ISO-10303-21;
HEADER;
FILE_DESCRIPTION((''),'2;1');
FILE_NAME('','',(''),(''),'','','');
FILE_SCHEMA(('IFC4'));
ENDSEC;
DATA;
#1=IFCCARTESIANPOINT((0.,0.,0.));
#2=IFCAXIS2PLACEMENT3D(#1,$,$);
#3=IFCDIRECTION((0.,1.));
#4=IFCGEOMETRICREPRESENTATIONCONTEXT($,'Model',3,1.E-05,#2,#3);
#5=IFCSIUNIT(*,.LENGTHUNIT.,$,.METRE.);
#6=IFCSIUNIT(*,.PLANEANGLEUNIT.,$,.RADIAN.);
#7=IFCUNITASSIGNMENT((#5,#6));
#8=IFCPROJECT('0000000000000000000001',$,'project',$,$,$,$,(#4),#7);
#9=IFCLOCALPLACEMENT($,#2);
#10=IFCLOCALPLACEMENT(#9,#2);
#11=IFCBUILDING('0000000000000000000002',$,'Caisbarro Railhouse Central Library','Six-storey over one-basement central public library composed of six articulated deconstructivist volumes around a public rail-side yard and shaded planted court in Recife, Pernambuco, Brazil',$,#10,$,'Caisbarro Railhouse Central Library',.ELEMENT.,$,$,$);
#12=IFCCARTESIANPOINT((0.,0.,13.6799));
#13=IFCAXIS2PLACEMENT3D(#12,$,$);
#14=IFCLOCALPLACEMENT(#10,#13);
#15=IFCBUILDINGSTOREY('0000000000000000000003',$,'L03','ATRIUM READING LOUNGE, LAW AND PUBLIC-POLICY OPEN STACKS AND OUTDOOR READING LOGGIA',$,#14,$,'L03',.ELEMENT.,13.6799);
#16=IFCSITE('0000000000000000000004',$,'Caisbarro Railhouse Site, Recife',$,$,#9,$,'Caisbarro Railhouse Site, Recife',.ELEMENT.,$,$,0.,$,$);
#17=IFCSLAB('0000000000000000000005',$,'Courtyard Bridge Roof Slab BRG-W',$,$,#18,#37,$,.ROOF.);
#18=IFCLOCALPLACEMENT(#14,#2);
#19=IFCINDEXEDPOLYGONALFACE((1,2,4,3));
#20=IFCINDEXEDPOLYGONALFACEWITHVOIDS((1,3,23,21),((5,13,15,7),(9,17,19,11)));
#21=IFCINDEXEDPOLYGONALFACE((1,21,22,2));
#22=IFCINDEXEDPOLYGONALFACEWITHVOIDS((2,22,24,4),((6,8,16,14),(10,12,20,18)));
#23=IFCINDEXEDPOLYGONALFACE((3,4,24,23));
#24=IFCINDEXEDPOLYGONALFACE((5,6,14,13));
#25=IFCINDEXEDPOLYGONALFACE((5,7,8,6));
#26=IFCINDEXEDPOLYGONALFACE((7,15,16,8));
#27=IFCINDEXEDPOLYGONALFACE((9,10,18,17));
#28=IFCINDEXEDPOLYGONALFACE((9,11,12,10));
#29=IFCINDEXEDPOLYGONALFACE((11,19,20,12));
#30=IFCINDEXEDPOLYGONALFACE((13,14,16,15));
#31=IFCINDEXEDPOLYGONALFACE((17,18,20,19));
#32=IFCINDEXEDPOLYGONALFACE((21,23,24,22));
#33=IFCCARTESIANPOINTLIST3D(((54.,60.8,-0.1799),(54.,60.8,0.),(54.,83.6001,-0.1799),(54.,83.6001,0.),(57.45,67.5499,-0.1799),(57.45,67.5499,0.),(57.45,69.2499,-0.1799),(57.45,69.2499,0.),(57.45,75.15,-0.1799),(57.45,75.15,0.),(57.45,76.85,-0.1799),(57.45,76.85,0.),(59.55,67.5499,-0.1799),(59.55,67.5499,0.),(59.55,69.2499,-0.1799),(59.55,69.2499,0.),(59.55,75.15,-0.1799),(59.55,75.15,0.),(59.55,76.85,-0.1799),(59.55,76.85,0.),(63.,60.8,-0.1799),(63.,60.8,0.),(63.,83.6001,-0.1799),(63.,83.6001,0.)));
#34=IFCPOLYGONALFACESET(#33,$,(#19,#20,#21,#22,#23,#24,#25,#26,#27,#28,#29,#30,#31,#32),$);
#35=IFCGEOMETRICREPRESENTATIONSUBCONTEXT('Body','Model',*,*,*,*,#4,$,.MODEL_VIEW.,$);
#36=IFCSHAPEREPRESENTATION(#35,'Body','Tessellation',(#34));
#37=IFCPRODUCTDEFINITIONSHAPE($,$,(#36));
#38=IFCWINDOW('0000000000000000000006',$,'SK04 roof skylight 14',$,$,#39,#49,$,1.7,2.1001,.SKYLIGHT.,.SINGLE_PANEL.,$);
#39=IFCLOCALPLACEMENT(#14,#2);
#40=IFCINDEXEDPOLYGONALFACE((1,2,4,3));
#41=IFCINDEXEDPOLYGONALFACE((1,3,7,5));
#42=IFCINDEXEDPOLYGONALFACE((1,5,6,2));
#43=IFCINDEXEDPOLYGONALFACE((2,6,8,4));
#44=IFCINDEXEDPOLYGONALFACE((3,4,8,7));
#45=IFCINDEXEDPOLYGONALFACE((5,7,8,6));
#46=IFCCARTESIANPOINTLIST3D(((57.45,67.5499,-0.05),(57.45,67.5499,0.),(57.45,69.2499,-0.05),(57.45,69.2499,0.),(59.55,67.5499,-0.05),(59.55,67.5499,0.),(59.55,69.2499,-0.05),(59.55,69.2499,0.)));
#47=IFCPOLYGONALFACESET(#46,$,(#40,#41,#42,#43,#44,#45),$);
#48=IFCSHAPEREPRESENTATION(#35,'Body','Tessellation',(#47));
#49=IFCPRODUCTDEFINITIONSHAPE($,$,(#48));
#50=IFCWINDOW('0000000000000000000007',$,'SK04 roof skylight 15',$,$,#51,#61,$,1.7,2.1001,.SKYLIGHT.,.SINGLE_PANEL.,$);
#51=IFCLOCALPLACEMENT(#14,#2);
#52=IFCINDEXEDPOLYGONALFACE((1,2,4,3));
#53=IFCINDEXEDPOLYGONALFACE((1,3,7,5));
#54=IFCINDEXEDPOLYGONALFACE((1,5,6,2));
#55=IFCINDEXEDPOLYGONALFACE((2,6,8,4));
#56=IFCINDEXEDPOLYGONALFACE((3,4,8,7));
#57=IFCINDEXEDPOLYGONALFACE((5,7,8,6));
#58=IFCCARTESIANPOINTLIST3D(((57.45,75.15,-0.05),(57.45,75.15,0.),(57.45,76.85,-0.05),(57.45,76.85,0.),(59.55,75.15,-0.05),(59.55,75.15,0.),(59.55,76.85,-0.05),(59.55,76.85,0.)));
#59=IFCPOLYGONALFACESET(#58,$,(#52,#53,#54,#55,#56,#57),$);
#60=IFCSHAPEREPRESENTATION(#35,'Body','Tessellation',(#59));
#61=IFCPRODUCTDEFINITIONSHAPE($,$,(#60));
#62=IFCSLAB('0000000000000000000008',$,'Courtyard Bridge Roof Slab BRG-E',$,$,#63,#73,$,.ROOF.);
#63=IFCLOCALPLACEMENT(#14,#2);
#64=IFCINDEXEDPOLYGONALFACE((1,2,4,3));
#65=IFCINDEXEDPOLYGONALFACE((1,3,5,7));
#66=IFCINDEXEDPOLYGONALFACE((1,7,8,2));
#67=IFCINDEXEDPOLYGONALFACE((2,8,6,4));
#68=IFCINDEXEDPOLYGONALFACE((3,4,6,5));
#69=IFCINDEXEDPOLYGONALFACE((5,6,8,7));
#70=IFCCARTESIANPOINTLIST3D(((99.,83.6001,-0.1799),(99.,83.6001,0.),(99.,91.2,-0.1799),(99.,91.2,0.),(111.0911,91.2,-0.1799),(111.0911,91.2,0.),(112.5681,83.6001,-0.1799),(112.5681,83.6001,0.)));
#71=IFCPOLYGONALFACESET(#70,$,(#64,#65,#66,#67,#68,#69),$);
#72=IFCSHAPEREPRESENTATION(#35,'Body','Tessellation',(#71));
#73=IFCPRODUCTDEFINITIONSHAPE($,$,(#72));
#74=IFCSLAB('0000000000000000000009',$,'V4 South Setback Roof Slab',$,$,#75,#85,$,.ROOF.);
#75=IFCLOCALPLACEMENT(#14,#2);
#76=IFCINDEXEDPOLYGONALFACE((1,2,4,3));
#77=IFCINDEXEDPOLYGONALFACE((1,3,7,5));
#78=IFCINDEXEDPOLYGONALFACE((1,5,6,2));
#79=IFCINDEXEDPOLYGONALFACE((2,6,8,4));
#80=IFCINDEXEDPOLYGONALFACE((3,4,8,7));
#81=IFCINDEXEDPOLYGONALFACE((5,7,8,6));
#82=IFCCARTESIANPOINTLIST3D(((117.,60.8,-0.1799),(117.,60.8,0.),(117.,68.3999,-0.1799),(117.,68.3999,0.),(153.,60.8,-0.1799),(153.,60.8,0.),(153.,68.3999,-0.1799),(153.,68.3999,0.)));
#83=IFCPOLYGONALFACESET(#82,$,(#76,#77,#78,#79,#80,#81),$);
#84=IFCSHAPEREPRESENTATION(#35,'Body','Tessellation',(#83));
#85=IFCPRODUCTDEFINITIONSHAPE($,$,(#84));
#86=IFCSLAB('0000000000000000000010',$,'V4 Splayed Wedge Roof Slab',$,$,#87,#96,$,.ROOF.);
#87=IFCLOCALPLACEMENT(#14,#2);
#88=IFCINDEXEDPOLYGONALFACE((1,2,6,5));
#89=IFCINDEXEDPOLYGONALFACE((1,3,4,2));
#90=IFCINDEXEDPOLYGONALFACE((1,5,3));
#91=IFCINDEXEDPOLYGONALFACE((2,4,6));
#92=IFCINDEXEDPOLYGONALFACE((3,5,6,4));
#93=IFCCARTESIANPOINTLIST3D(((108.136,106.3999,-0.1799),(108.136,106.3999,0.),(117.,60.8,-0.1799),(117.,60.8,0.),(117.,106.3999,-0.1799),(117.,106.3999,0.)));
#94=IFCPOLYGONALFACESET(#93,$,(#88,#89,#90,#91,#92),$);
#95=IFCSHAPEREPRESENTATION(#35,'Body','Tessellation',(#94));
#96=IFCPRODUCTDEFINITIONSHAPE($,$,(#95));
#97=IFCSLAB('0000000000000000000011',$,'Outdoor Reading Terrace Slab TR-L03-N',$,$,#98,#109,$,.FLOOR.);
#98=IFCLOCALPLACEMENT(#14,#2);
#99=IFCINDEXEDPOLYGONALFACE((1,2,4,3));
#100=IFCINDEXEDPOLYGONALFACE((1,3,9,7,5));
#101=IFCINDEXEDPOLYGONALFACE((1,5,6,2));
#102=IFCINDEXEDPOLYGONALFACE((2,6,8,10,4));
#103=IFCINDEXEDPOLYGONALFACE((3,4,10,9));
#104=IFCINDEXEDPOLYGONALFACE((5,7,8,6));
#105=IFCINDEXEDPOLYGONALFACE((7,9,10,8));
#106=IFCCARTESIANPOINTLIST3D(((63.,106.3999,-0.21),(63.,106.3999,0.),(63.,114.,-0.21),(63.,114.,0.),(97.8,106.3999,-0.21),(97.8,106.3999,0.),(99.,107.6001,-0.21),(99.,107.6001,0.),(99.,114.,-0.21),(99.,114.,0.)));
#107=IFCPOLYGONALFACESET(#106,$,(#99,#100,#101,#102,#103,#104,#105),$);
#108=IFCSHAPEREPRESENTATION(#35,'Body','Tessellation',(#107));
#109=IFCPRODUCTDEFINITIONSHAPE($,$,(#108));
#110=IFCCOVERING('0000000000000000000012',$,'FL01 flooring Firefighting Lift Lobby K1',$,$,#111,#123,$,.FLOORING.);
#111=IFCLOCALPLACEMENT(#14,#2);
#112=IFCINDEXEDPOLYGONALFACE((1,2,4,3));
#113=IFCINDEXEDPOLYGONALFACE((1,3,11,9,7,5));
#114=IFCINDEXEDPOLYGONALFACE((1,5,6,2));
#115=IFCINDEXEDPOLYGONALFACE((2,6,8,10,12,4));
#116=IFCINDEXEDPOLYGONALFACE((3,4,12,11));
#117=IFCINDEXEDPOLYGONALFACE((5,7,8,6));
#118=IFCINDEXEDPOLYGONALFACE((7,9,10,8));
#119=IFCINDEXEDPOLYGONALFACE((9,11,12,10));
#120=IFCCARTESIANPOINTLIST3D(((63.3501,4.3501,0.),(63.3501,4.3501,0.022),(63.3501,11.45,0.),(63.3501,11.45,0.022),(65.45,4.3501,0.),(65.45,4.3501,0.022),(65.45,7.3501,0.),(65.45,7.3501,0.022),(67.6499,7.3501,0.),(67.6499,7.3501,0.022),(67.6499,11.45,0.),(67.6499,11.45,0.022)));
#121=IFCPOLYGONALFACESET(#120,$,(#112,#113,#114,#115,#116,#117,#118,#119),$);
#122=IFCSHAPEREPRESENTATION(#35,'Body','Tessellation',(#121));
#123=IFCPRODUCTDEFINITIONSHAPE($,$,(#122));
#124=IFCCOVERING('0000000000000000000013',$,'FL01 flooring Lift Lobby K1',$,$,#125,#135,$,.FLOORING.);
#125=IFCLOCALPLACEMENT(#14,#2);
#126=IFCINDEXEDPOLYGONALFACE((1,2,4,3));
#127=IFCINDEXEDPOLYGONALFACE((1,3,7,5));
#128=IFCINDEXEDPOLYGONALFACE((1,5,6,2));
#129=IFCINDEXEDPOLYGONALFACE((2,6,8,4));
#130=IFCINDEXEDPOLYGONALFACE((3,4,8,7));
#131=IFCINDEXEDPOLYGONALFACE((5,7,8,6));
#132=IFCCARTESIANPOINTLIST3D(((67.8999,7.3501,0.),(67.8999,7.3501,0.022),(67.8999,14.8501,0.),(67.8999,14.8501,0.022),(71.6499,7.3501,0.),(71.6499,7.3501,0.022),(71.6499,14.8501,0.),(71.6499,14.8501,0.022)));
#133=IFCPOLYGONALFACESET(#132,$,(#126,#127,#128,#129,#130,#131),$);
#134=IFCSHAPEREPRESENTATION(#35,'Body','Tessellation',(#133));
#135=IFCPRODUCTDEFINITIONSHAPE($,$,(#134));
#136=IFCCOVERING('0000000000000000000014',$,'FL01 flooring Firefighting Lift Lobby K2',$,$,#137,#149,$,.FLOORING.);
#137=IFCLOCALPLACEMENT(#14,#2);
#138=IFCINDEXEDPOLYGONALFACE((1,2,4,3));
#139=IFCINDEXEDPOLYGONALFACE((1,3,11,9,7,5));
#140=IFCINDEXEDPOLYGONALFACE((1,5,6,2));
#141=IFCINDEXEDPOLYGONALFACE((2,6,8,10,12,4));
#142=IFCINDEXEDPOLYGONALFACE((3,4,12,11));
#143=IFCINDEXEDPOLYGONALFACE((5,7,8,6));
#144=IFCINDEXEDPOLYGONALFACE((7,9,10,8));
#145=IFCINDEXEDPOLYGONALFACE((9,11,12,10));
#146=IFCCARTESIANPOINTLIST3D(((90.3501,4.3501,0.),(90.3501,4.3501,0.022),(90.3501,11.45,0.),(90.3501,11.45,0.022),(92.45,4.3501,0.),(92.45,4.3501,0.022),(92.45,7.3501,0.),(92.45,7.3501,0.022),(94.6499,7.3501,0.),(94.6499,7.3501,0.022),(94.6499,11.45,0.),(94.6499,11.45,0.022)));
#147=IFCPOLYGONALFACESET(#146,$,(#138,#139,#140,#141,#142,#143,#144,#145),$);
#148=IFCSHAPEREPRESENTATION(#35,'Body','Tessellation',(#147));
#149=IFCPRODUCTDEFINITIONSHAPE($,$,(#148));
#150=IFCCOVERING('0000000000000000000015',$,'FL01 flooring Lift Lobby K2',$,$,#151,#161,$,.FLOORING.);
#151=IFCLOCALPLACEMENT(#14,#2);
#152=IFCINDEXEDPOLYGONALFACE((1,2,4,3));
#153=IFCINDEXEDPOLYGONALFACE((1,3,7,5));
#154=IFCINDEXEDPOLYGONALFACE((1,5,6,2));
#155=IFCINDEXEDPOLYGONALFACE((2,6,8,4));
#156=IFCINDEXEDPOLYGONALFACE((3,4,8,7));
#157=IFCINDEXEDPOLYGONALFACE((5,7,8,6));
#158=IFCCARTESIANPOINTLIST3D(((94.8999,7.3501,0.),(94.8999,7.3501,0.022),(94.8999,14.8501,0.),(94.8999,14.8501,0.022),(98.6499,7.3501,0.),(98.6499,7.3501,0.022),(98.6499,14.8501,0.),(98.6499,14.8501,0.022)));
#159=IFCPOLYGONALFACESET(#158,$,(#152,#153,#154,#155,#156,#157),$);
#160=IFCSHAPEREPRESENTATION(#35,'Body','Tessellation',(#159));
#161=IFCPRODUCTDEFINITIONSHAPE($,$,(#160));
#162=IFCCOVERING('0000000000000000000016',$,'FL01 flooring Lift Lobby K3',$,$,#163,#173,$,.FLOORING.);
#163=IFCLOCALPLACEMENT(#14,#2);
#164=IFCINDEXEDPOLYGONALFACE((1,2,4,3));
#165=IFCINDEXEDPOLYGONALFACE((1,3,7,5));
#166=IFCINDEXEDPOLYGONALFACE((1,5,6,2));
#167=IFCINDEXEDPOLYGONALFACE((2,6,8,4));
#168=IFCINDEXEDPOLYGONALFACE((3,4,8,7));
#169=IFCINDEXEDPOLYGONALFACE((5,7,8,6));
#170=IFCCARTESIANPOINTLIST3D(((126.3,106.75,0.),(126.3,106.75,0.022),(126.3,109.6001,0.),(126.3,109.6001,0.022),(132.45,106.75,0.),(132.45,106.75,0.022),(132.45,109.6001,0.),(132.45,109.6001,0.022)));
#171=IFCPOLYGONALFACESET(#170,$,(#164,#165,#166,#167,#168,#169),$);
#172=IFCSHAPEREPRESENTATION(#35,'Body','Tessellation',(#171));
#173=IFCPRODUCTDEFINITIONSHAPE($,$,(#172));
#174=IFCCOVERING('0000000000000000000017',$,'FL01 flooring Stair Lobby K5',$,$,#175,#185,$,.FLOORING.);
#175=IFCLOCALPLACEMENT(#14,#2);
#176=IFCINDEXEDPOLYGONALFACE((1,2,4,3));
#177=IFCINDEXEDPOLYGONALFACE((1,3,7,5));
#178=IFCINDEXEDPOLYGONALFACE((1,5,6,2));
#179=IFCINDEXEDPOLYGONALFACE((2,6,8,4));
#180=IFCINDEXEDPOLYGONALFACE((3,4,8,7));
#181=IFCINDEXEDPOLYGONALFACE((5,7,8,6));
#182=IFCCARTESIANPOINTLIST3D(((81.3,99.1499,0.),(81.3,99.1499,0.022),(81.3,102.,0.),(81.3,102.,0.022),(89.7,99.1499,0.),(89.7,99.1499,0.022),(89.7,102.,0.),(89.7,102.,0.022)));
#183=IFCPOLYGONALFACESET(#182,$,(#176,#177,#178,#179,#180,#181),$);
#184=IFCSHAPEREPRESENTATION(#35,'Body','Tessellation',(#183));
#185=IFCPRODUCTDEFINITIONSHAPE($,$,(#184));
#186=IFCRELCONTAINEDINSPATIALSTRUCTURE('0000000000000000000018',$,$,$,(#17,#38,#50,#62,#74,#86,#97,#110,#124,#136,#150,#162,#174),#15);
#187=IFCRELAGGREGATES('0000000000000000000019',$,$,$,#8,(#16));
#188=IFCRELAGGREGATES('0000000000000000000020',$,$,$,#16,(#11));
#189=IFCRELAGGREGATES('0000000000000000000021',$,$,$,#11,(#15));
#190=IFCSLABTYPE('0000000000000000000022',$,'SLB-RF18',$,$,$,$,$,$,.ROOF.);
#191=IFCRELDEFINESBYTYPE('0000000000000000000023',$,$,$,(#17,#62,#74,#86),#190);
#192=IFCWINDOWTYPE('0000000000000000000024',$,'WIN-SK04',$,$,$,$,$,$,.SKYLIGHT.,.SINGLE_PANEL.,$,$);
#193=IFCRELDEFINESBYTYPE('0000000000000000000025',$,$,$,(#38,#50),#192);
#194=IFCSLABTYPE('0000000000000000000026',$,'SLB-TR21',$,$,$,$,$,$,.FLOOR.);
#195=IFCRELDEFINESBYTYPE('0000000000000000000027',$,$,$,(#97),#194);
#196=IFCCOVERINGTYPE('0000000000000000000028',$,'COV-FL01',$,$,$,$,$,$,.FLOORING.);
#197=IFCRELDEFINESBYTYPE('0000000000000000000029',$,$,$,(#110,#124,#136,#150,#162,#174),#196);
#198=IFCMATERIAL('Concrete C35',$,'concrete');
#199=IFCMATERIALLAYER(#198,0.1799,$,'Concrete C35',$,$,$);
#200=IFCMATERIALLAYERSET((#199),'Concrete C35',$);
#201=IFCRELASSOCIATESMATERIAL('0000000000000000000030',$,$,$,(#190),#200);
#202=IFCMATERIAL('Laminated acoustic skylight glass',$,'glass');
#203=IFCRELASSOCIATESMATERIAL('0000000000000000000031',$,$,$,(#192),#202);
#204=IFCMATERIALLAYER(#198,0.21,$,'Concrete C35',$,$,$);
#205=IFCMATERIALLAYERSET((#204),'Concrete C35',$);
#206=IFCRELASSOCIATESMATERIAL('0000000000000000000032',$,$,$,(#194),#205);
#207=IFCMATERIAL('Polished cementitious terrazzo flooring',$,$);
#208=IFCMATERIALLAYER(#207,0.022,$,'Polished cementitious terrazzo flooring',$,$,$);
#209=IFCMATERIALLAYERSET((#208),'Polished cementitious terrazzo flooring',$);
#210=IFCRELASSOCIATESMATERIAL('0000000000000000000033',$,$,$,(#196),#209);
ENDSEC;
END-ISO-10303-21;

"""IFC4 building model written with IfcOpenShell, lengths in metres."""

from ifc_helpers import new_model, si_unit, direction, frame, origin, origin_2d, place, context, subcontext, project, spatial, polyline, rectangle, outline, extrude, material, layer, layer_set, type_object, element, fill, save


model = new_model("IFC4")

# Units and contexts
model_context = context("Model", 3, precision=1e-05, world=origin(), true_north=direction((0.0, 1.0)))
body_context = subcontext(model_context, "Body", "Model", "MODEL_VIEW")
ifc_project = project(units=[si_unit("LENGTHUNIT", "METRE"), si_unit("PLANEANGLEUNIT", "RADIAN")], contexts=[model_context])

# Site, building, storey
site_placement = place(None, origin())
site = spatial("IfcSite", under=ifc_project, at=site_placement, Name="Caisbarro Railhouse Site, Recife", LongName="Caisbarro Railhouse Site, Recife", CompositionType="ELEMENT", RefElevation=0.0)
building_placement = place(site_placement, origin())
building = spatial("IfcBuilding", under=site, at=building_placement, Name="Caisbarro Railhouse Central Library", Description="Six-storey over one-basement central public library composed of six articulated deconstructivist volumes around a public rail-side yard and shaded planted court in Recife, Pernambuco, Brazil", LongName="Caisbarro Railhouse Central Library", CompositionType="ELEMENT")
storey_placement = place(building_placement, frame((0.0, 0.0, 13.6799)))
storey = spatial("IfcBuildingStorey", under=building, at=storey_placement, Name="L03", Description="ATRIUM READING LOUNGE, LAW AND PUBLIC-POLICY OPEN STACKS AND OUTDOOR READING LOGGIA", LongName="L03", CompositionType="ELEMENT", Elevation=13.6799)

# Shared definitions
ifc_material_1 = material(Name="Concrete C35", Category="concrete")

# Slab, openings, windows
ifc_layer_1 = layer(ifc_material_1, 0.1799, Name="Concrete C35")
ifc_layer_set_1 = layer_set([ifc_layer_1], Name="Concrete C35")
slab_type_1 = type_object("IfcSlabType", Name="SLB-RF18", PredefinedType="ROOF", material=ifc_layer_set_1)
slab_1_placement = place(storey_placement, frame((0.0, 0.0, -0.1799)))
slab_1 = element("IfcSlab", 1, at=slab_1_placement, inside=storey, type_object=slab_type_1, Name="Courtyard Bridge Roof Slab BRG-W", PredefinedType="ROOF", context=body_context, shape_type="SweptSolid", body=[
    extrude(outline(polyline([(54.0, 60.8), (63.0, 60.8), (63.0, 83.6001), (54.0, 83.6001), (54.0, 60.8)])), origin(), (0.0, 0.0, 1.0), 0.1799),
])
opening_1_placement = place(slab_1_placement, frame((58.5, 68.3999, -0.01)))
opening_1 = element("IfcOpeningElement", 2, at=opening_1_placement, cuts=slab_1, PredefinedType="OPENING", context=body_context, shape_type="SweptSolid", body=[
    extrude(rectangle(XDim=2.1001, YDim=1.7, at=origin_2d()), origin(), (0.0, 0.0, 1.0), 0.2),
])
opening_2_placement = place(slab_1_placement, frame((58.5, 76.0, -0.01)))
opening_2 = element("IfcOpeningElement", 3, at=opening_2_placement, cuts=slab_1, PredefinedType="OPENING", context=body_context, shape_type="SweptSolid", body=[
    extrude(rectangle(XDim=2.1001, YDim=1.7, at=origin_2d()), origin(), (0.0, 0.0, 1.0), 0.2),
])
ifc_material_2 = material(Name="Laminated acoustic skylight glass", Category="glass")
window_type = type_object("IfcWindowType", Name="WIN-SK04", PartitioningType="SINGLE_PANEL", PredefinedType="SKYLIGHT", material=ifc_material_2)
window_1_placement = place(slab_1_placement, frame((58.5, 68.3999, 0.1299)))
window_1 = element("IfcWindow", 4, at=window_1_placement, inside=storey, type_object=window_type, Name="SK04 roof skylight 14", OverallHeight=1.7, OverallWidth=2.1001, PartitioningType="SINGLE_PANEL", PredefinedType="SKYLIGHT", context=body_context, shape_type="SweptSolid", body=[
    extrude(rectangle(XDim=2.1001, YDim=1.7, at=origin_2d()), origin(), (0.0, 0.0, 1.0), 0.05),
])
fill(opening_1, window_1)
window_2_placement = place(slab_1_placement, frame((58.5, 76.0, 0.1299)))
window_2 = element("IfcWindow", 5, at=window_2_placement, inside=storey, type_object=window_type, Name="SK04 roof skylight 15", OverallHeight=1.7, OverallWidth=2.1001, PartitioningType="SINGLE_PANEL", PredefinedType="SKYLIGHT", context=body_context, shape_type="SweptSolid", body=[
    extrude(rectangle(XDim=2.1001, YDim=1.7, at=origin_2d()), origin(), (0.0, 0.0, 1.0), 0.05),
])
fill(opening_2, window_2)

# Slabs
slab_2_placement = place(storey_placement, frame((0.0, 0.0, -0.1799)))
element("IfcSlab", 6, at=slab_2_placement, inside=storey, type_object=slab_type_1, Name="Courtyard Bridge Roof Slab BRG-E", PredefinedType="ROOF", context=body_context, shape_type="SweptSolid", body=[
    extrude(outline(polyline([(99.0, 83.6001), (112.5681, 83.6001), (111.0911, 91.2), (99.0, 91.2), (99.0, 83.6001)])), origin(), (0.0, 0.0, 1.0), 0.1799),
])
slab_3_placement = place(storey_placement, frame((0.0, 0.0, -0.1799)))
element("IfcSlab", 7, at=slab_3_placement, inside=storey, type_object=slab_type_1, Name="V4 South Setback Roof Slab", PredefinedType="ROOF", context=body_context, shape_type="SweptSolid", body=[
    extrude(outline(polyline([(117.0, 60.8), (153.0, 60.8), (153.0, 68.3999), (117.0, 68.3999), (117.0, 60.8)])), origin(), (0.0, 0.0, 1.0), 0.1799),
])
slab_4_placement = place(storey_placement, frame((0.0, 0.0, -0.1799)))
element("IfcSlab", 8, at=slab_4_placement, inside=storey, type_object=slab_type_1, Name="V4 Splayed Wedge Roof Slab", PredefinedType="ROOF", context=body_context, shape_type="SweptSolid", body=[
    extrude(outline(polyline([(117.0, 60.8), (117.0, 106.3999), (108.136, 106.3999), (117.0, 60.8)])), origin(), (0.0, 0.0, 1.0), 0.1799),
])
ifc_layer_2 = layer(ifc_material_1, 0.21, Name="Concrete C35")
ifc_layer_set_2 = layer_set([ifc_layer_2], Name="Concrete C35")
slab_type_2 = type_object("IfcSlabType", Name="SLB-TR21", PredefinedType="FLOOR", material=ifc_layer_set_2)
slab_5_placement = place(storey_placement, frame((0.0, 0.0, -0.21)))
element("IfcSlab", 9, at=slab_5_placement, inside=storey, type_object=slab_type_2, Name="Outdoor Reading Terrace Slab TR-L03-N", PredefinedType="FLOOR", context=body_context, shape_type="SweptSolid", body=[
    extrude(outline(polyline([(63.0, 106.3999), (97.8, 106.3999), (99.0, 107.6001), (99.0, 114.0), (63.0, 114.0), (63.0, 106.3999)])), origin(), (0.0, 0.0, 1.0), 0.21),
])

# Coverings
ifc_material_3 = material(Name="Polished cementitious terrazzo flooring")
ifc_layer_3 = layer(ifc_material_3, 0.022, Name="Polished cementitious terrazzo flooring")
ifc_layer_set_3 = layer_set([ifc_layer_3], Name="Polished cementitious terrazzo flooring")
covering_type_1 = type_object("IfcCoveringType", Name="COV-FL01", PredefinedType="FLOORING", material=ifc_layer_set_3)
covering_1_placement = place(storey_placement, origin())
element("IfcCovering", 10, at=covering_1_placement, inside=storey, type_object=covering_type_1, Name="FL01 flooring Firefighting Lift Lobby K1", PredefinedType="FLOORING", context=body_context, shape_type="SweptSolid", body=[
    extrude(outline(polyline([(63.3501, 4.3501), (65.45, 4.3501), (65.45, 7.3501), (67.6499, 7.3501), (67.6499, 11.45), (63.3501, 11.45), (63.3501, 4.3501)])), origin(), (0.0, 0.0, 1.0), 0.022),
])
covering_2_placement = place(storey_placement, origin())
element("IfcCovering", 11, at=covering_2_placement, inside=storey, type_object=covering_type_1, Name="FL01 flooring Lift Lobby K1", PredefinedType="FLOORING", context=body_context, shape_type="SweptSolid", body=[
    extrude(outline(polyline([(67.8999, 7.3501), (71.6499, 7.3501), (71.6499, 14.8501), (67.8999, 14.8501), (67.8999, 7.3501)])), origin(), (0.0, 0.0, 1.0), 0.022),
])
covering_3_placement = place(storey_placement, origin())
element("IfcCovering", 12, at=covering_3_placement, inside=storey, type_object=covering_type_1, Name="FL01 flooring Firefighting Lift Lobby K2", PredefinedType="FLOORING", context=body_context, shape_type="SweptSolid", body=[
    extrude(outline(polyline([(90.3501, 4.3501), (92.45, 4.3501), (92.45, 7.3501), (94.6499, 7.3501), (94.6499, 11.45), (90.3501, 11.45), (90.3501, 4.3501)])), origin(), (0.0, 0.0, 1.0), 0.022),
])
covering_4_placement = place(storey_placement, origin())
element("IfcCovering", 13, at=covering_4_placement, inside=storey, type_object=covering_type_1, Name="FL01 flooring Lift Lobby K2", PredefinedType="FLOORING", context=body_context, shape_type="SweptSolid", body=[
    extrude(outline(polyline([(94.8999, 7.3501), (98.6499, 7.3501), (98.6499, 14.8501), (94.8999, 14.8501), (94.8999, 7.3501)])), origin(), (0.0, 0.0, 1.0), 0.022),
])
covering_5_placement = place(storey_placement, origin())
element("IfcCovering", 14, at=covering_5_placement, inside=storey, type_object=covering_type_1, Name="FL01 flooring Lift Lobby K3", PredefinedType="FLOORING", context=body_context, shape_type="SweptSolid", body=[
    extrude(outline(polyline([(126.3, 106.75), (132.45, 106.75), (132.45, 109.6001), (126.3, 109.6001), (126.3, 106.75)])), origin(), (0.0, 0.0, 1.0), 0.022),
])
covering_6_placement = place(storey_placement, origin())
element("IfcCovering", 15, at=covering_6_placement, inside=storey, type_object=covering_type_1, Name="FL01 flooring Stair Lobby K5", PredefinedType="FLOORING", context=body_context, shape_type="SweptSolid", body=[
    extrude(outline(polyline([(81.3, 99.1499), (89.7, 99.1499), (89.7, 102.0), (81.3, 102.0), (81.3, 99.1499)])), origin(), (0.0, 0.0, 1.0), 0.022),
])

save(model, "model.ifc")
